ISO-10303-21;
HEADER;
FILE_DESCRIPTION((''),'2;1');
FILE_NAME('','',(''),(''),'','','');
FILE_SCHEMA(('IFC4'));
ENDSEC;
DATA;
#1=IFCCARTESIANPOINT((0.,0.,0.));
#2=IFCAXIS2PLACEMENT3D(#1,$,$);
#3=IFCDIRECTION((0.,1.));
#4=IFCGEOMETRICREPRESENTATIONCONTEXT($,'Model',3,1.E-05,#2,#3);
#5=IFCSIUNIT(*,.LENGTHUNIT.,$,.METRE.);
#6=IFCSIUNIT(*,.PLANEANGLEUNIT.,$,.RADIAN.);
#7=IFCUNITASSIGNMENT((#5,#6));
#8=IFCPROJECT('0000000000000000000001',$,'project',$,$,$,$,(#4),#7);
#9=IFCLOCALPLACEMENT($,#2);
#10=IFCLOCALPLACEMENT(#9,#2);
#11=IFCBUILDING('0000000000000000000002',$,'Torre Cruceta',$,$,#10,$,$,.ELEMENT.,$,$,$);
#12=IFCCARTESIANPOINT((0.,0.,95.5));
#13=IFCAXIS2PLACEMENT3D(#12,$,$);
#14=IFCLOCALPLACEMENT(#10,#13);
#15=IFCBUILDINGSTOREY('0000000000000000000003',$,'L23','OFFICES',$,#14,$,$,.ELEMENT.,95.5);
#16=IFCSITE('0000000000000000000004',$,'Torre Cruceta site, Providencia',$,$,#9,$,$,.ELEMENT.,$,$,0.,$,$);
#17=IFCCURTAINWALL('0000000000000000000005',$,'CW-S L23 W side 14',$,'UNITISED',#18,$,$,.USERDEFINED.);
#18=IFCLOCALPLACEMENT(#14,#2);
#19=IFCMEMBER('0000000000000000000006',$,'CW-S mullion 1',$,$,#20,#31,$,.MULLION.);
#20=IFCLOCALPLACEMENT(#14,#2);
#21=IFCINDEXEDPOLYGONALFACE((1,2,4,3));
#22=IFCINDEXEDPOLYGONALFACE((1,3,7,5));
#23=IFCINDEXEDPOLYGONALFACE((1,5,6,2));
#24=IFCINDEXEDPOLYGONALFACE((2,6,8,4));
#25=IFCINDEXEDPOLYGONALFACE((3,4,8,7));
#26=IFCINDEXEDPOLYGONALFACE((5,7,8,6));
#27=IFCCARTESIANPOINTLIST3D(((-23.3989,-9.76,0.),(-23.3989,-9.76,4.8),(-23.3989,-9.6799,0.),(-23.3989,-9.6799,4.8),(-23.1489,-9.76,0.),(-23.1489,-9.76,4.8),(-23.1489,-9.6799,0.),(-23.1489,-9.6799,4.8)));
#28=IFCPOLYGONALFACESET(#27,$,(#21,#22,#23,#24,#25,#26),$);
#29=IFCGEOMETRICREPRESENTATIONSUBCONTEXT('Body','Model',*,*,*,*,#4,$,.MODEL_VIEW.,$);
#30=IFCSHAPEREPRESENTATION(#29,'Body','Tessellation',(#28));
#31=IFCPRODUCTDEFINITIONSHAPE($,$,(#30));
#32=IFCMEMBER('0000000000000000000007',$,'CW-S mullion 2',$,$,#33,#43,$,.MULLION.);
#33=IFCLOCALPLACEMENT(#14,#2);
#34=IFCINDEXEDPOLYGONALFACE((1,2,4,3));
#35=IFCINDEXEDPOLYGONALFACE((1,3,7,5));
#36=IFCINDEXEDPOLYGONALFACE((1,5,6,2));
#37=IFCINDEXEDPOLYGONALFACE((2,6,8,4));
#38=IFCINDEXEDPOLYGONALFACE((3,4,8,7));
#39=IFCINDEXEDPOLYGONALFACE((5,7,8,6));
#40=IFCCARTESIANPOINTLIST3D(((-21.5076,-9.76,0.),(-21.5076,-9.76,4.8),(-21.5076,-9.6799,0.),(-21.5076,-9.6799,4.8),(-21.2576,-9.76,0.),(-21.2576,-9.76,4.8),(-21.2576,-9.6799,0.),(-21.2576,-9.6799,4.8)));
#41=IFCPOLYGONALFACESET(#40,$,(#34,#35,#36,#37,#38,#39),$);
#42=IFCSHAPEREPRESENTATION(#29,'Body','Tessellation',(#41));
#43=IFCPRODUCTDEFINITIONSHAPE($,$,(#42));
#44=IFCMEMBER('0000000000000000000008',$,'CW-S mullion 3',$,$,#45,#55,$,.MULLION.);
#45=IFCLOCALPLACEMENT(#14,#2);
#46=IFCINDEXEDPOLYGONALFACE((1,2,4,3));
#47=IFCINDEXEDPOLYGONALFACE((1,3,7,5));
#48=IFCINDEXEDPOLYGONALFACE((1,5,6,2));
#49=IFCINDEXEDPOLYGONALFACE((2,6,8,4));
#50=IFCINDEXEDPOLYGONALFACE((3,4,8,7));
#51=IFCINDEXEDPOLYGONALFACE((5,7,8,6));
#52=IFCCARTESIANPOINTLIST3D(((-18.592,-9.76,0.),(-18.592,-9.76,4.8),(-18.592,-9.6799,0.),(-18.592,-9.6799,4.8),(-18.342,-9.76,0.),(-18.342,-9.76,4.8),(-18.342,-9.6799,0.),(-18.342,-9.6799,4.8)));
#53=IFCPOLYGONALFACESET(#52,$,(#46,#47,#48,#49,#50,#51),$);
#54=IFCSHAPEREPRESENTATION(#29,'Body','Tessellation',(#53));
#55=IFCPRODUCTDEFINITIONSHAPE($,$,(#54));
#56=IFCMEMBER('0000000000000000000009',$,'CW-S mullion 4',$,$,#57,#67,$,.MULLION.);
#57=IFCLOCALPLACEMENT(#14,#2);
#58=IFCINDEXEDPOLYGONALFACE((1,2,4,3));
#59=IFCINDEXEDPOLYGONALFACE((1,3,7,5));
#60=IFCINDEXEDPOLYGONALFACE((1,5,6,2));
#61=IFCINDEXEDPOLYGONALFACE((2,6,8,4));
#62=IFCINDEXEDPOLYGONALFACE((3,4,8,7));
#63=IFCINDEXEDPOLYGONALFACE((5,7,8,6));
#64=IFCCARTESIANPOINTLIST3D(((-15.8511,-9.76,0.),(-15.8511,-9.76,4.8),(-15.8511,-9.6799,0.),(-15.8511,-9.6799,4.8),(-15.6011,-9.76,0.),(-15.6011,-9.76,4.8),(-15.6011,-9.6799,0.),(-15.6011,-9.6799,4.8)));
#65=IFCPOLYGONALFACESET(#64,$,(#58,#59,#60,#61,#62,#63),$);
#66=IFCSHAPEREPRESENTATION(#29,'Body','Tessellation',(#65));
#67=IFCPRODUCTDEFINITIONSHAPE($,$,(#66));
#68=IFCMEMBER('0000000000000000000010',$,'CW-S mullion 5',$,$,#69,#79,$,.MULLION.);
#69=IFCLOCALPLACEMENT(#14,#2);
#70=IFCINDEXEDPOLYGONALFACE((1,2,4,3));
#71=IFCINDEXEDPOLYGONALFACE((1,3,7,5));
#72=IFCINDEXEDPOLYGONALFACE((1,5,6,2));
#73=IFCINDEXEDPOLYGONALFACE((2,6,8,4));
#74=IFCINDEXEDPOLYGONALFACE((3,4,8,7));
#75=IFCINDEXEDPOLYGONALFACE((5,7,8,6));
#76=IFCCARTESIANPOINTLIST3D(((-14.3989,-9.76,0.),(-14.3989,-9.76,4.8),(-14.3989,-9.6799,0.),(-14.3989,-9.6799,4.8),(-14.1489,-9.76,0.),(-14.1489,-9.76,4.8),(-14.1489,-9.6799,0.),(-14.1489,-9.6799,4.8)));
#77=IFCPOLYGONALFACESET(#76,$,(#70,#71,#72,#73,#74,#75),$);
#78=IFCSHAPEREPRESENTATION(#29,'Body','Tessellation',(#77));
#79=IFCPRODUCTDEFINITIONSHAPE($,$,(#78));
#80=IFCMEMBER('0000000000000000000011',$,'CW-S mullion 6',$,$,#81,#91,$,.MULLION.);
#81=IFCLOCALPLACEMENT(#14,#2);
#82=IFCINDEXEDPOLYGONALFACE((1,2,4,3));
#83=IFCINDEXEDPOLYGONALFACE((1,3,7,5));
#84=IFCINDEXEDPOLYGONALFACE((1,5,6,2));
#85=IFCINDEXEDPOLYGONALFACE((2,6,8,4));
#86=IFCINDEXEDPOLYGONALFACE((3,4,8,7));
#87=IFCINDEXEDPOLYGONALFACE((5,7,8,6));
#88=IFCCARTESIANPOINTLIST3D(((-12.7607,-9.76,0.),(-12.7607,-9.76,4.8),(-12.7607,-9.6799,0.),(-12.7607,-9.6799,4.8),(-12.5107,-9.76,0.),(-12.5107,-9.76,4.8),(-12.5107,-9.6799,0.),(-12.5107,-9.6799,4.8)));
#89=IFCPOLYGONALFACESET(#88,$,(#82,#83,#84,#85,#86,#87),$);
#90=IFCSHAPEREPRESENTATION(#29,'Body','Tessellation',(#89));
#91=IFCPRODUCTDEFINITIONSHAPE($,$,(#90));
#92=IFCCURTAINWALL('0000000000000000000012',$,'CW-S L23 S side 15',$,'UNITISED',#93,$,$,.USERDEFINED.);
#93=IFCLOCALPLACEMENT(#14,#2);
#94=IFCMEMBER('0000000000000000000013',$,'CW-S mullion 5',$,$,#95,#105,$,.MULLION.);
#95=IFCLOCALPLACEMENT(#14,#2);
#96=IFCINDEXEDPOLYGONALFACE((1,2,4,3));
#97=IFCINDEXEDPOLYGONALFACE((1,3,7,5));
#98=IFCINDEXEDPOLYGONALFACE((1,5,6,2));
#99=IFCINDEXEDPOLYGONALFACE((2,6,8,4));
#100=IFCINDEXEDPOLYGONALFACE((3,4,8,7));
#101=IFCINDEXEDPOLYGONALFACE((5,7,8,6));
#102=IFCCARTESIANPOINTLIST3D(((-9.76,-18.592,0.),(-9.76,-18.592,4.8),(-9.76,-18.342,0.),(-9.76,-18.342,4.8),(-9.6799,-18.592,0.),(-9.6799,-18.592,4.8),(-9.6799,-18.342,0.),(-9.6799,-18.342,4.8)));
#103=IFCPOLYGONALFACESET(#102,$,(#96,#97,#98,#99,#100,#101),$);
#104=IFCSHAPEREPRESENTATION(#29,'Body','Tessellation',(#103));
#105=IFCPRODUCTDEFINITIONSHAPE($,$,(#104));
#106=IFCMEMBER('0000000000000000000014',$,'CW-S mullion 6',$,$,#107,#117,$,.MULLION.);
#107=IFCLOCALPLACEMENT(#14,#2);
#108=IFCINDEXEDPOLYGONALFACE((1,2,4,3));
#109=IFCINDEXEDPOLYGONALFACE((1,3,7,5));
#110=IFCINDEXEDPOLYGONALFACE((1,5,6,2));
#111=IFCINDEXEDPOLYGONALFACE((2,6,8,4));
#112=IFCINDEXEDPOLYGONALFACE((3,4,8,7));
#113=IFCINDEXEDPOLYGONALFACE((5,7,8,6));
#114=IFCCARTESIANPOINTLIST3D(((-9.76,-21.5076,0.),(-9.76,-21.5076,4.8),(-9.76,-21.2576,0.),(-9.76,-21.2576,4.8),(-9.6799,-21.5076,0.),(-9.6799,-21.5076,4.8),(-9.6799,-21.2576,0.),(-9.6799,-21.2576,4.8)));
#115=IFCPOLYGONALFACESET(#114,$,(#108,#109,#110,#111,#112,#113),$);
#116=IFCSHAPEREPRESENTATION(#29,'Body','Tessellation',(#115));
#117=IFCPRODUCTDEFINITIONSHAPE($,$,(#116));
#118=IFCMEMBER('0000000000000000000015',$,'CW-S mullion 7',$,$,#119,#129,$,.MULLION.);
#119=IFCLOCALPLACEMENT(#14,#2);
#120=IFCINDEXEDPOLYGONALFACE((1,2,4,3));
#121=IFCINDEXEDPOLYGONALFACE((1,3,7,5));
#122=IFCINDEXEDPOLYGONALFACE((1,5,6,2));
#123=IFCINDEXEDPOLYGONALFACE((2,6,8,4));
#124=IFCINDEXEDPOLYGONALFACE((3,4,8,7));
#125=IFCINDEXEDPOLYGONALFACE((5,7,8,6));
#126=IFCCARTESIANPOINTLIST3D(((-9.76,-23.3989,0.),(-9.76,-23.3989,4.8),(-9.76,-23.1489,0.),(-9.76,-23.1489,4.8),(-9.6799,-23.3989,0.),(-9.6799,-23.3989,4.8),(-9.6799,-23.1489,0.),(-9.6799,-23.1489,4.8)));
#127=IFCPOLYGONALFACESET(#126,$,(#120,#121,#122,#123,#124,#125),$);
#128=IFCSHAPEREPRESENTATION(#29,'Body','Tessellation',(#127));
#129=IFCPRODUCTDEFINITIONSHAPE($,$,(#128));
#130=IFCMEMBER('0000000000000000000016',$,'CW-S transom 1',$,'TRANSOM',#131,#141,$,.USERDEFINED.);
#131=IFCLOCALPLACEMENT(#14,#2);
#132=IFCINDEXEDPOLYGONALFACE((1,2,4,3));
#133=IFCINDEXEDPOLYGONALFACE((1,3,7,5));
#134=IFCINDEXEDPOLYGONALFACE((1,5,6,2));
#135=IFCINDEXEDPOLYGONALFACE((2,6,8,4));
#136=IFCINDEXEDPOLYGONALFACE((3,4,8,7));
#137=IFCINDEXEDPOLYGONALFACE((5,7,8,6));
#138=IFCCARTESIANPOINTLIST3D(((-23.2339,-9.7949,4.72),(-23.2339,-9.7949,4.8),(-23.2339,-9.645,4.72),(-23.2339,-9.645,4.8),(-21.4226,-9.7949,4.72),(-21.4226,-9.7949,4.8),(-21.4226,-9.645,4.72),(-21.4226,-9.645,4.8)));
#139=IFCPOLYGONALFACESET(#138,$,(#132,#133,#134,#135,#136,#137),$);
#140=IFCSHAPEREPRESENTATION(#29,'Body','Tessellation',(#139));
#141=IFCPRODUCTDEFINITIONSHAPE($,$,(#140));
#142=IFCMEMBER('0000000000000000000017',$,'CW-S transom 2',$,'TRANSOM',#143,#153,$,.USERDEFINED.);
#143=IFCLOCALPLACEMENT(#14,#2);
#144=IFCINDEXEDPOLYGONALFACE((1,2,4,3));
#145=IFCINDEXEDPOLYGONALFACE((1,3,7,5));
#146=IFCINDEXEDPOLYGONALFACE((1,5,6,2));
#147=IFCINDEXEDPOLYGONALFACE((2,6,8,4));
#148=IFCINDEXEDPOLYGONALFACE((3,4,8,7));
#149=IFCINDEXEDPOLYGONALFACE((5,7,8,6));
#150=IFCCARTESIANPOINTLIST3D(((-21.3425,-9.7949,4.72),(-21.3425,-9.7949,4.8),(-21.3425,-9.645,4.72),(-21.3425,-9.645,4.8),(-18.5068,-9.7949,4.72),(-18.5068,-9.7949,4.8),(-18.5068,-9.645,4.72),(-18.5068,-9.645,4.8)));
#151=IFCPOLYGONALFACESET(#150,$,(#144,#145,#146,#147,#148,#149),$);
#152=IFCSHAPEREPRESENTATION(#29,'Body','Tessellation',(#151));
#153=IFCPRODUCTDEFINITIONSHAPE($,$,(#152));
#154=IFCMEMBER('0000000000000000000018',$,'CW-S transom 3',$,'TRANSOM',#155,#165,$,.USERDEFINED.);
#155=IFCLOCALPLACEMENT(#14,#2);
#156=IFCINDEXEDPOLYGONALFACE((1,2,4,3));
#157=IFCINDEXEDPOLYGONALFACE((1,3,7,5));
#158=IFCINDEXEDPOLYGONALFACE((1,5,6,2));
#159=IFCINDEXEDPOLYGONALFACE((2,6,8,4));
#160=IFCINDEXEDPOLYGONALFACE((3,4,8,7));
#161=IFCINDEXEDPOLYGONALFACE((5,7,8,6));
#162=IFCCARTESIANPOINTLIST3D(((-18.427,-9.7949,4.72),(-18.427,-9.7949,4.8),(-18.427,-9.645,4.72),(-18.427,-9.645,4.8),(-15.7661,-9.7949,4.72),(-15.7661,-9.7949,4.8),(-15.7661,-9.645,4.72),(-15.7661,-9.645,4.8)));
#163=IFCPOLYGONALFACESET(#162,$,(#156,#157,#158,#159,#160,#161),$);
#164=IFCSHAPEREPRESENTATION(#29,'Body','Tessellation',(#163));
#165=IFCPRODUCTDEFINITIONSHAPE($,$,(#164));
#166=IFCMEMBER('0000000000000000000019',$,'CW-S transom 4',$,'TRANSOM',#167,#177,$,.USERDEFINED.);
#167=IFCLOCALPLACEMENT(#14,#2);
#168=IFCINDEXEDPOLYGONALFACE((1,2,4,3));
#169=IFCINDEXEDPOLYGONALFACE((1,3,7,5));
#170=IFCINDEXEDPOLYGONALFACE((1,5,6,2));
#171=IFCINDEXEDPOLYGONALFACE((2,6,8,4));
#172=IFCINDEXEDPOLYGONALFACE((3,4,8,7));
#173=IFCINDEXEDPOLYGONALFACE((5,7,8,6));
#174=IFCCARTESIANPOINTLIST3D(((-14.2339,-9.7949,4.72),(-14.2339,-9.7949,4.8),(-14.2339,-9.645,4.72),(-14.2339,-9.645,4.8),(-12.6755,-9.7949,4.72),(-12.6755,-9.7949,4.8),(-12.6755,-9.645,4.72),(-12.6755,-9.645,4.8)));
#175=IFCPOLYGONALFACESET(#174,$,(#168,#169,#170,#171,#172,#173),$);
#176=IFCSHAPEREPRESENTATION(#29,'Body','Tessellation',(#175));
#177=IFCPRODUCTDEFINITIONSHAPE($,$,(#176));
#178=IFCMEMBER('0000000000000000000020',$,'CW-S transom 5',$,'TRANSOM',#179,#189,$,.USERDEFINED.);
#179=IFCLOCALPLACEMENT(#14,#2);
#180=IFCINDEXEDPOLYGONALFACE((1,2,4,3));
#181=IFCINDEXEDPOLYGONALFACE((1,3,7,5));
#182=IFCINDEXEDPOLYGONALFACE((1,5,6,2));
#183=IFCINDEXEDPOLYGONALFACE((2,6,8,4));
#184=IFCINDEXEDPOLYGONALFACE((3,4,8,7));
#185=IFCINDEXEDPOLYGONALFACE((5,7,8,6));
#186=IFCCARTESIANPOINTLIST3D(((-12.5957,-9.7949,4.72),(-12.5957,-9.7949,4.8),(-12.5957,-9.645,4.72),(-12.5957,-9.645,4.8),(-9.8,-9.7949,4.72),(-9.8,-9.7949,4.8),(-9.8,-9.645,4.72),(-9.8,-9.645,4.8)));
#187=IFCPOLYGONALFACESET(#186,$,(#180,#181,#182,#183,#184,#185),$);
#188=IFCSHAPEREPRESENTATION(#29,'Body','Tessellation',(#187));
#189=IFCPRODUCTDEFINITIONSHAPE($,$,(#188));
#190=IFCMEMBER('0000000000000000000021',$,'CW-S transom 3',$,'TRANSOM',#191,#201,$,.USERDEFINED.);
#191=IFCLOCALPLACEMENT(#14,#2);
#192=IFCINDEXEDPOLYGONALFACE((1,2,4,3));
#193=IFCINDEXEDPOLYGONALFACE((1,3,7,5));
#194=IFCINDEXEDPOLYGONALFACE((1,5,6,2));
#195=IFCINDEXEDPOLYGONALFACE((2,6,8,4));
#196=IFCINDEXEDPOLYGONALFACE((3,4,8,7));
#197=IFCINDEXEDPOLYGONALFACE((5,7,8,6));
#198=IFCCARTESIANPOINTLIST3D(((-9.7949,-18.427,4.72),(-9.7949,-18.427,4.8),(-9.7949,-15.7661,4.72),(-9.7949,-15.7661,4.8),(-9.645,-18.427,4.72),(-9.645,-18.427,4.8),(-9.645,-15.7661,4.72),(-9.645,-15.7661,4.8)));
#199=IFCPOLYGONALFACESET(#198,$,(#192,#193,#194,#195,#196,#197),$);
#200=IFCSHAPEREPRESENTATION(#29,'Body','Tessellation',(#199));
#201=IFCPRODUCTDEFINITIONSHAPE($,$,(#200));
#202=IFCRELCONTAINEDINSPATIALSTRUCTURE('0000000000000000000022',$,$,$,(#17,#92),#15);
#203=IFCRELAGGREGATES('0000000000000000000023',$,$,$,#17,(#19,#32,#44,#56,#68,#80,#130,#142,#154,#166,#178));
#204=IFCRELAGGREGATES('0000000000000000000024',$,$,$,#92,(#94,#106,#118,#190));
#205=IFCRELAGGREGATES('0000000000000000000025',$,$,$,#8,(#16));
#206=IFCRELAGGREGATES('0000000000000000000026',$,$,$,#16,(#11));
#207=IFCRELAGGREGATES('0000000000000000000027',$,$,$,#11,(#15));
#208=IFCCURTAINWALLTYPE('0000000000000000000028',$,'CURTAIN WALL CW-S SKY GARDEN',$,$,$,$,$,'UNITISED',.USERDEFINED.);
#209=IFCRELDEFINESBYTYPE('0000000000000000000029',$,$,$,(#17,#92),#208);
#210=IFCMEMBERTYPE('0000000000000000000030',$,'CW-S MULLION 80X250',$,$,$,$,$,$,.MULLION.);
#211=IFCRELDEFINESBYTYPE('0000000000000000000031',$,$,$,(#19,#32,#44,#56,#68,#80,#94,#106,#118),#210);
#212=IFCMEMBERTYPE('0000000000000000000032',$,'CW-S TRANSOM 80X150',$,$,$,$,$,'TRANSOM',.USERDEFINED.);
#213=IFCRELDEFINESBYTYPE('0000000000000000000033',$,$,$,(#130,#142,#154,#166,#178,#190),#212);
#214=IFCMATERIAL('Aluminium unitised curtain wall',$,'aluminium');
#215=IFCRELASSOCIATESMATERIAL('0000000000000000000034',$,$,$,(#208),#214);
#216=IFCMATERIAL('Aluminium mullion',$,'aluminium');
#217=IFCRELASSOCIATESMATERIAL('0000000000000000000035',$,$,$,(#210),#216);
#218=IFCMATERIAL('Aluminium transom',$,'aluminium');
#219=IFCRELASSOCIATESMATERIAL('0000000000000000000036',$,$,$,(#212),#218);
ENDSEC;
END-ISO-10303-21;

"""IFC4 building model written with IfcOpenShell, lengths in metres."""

from ifc_helpers import new_model, si_unit, direction, frame, origin, origin_2d, place, context, subcontext, project, spatial, rectangle, extrude, material, material_profile, profile_set, type_object, element, aggregate, save


model = new_model("IFC4")

# Units and contexts
model_context = context("Model", 3, precision=1e-05, world=origin(), true_north=direction((0.0, 1.0)))
body_context = subcontext(model_context, "Body", "Model", "MODEL_VIEW")
ifc_project = project(units=[si_unit("LENGTHUNIT", "METRE"), si_unit("PLANEANGLEUNIT", "RADIAN")], contexts=[model_context])

# Site, building, storey
site_placement = place(None, origin())
site = spatial("IfcSite", under=ifc_project, at=site_placement, Name="Torre Cruceta site, Providencia", CompositionType="ELEMENT", RefElevation=0.0)
building_placement = place(site_placement, origin())
building = spatial("IfcBuilding", under=site, at=building_placement, Name="Torre Cruceta", CompositionType="ELEMENT")
storey_placement = place(building_placement, frame((0.0, 0.0, 95.5)))
storey = spatial("IfcBuildingStorey", under=building, at=storey_placement, Name="L23", Description="OFFICES", CompositionType="ELEMENT", Elevation=95.5)

# Curtain walls, members
ifc_material_1 = material(Name="Aluminium unitised curtain wall", Category="aluminium")
curtain_wall_type = type_object("IfcCurtainWallType", Name="CURTAIN WALL CW-S SKY GARDEN", ElementType="UNITISED", PredefinedType="USERDEFINED", material=ifc_material_1)
curtain_wall_1_placement = place(storey_placement, origin())
curtain_wall_1 = element("IfcCurtainWall", 1, at=curtain_wall_1_placement, inside=storey, type_object=curtain_wall_type, Name="CW-S L23 W side 14", ObjectType="UNITISED", PredefinedType="USERDEFINED")
ifc_material_2 = material(Name="Aluminium mullion", Category="aluminium")
ifc_material_profile_1 = material_profile(ifc_material_2, rectangle(XDim=0.0801, YDim=0.25, at=origin_2d()), Name="AL 80X250")
ifc_profile_set_1 = profile_set([ifc_material_profile_1], Name="Aluminium mullion")
member_type_1 = type_object("IfcMemberType", Name="CW-S MULLION 80X250", PredefinedType="MULLION", material=ifc_profile_set_1)
member_1_placement = place(storey_placement, frame((-23.2739, -9.72, 0.0), z_axis=(0.0, 0.0, 1.0), x_axis=(0.0, 1.0, 0.0)))
member_1 = element("IfcMember", 2, at=member_1_placement, type_object=member_type_1, Name="CW-S mullion 1", PredefinedType="MULLION", context=body_context, shape_type="SweptSolid", body=[
    extrude(rectangle(XDim=0.0801, YDim=0.25, at=origin_2d()), origin(), (0.0, 0.0, 1.0), 4.8),
])
member_2_placement = place(storey_placement, frame((-21.3826, -9.72, 0.0), z_axis=(0.0, 0.0, 1.0), x_axis=(0.0, 1.0, 0.0)))
member_2 = element("IfcMember", 3, at=member_2_placement, type_object=member_type_1, Name="CW-S mullion 2", PredefinedType="MULLION", context=body_context, shape_type="SweptSolid", body=[
    extrude(rectangle(XDim=0.0801, YDim=0.25, at=origin_2d()), origin(), (0.0, 0.0, 1.0), 4.8),
])
member_3_placement = place(storey_placement, frame((-18.467, -9.72, 0.0), z_axis=(0.0, 0.0, 1.0), x_axis=(0.0, 1.0, 0.0)))
member_3 = element("IfcMember", 4, at=member_3_placement, type_object=member_type_1, Name="CW-S mullion 3", PredefinedType="MULLION", context=body_context, shape_type="SweptSolid", body=[
    extrude(rectangle(XDim=0.0801, YDim=0.25, at=origin_2d()), origin(), (0.0, 0.0, 1.0), 4.8),
])
member_4_placement = place(storey_placement, frame((-15.7261, -9.72, 0.0), z_axis=(0.0, 0.0, 1.0), x_axis=(0.0, 1.0, 0.0)))
member_4 = element("IfcMember", 5, at=member_4_placement, type_object=member_type_1, Name="CW-S mullion 4", PredefinedType="MULLION", context=body_context, shape_type="SweptSolid", body=[
    extrude(rectangle(XDim=0.0801, YDim=0.25, at=origin_2d()), origin(), (0.0, 0.0, 1.0), 4.8),
])
member_5_placement = place(storey_placement, frame((-14.2739, -9.72, 0.0), z_axis=(0.0, 0.0, 1.0), x_axis=(0.0, 1.0, 0.0)))
member_5 = element("IfcMember", 6, at=member_5_placement, type_object=member_type_1, Name="CW-S mullion 5", PredefinedType="MULLION", context=body_context, shape_type="SweptSolid", body=[
    extrude(rectangle(XDim=0.0801, YDim=0.25, at=origin_2d()), origin(), (0.0, 0.0, 1.0), 4.8),
])
member_6_placement = place(storey_placement, frame((-12.6357, -9.72, 0.0), z_axis=(0.0, 0.0, 1.0), x_axis=(0.0, 1.0, 0.0)))
member_6 = element("IfcMember", 7, at=member_6_placement, type_object=member_type_1, Name="CW-S mullion 6", PredefinedType="MULLION", context=body_context, shape_type="SweptSolid", body=[
    extrude(rectangle(XDim=0.0801, YDim=0.25, at=origin_2d()), origin(), (0.0, 0.0, 1.0), 4.8),
])
curtain_wall_2_placement = place(storey_placement, origin())
curtain_wall_2 = element("IfcCurtainWall", 8, at=curtain_wall_2_placement, inside=storey, type_object=curtain_wall_type, Name="CW-S L23 S side 15", ObjectType="UNITISED", PredefinedType="USERDEFINED")
member_7_placement = place(storey_placement, frame((-9.72, -18.467, 0.0), z_axis=(0.0, 0.0, 1.0), x_axis=(1.0, 0.0, 0.0)))
member_7 = element("IfcMember", 9, at=member_7_placement, type_object=member_type_1, Name="CW-S mullion 5", PredefinedType="MULLION", context=body_context, shape_type="SweptSolid", body=[
    extrude(rectangle(XDim=0.0801, YDim=0.25, at=origin_2d()), origin(), (0.0, 0.0, 1.0), 4.8),
])
member_8_placement = place(storey_placement, frame((-9.72, -21.3826, 0.0), z_axis=(0.0, 0.0, 1.0), x_axis=(1.0, 0.0, 0.0)))
member_8 = element("IfcMember", 10, at=member_8_placement, type_object=member_type_1, Name="CW-S mullion 6", PredefinedType="MULLION", context=body_context, shape_type="SweptSolid", body=[
    extrude(rectangle(XDim=0.0801, YDim=0.25, at=origin_2d()), origin(), (0.0, 0.0, 1.0), 4.8),
])
member_9_placement = place(storey_placement, frame((-9.72, -23.2739, 0.0), z_axis=(0.0, 0.0, 1.0), x_axis=(1.0, 0.0, 0.0)))
member_9 = element("IfcMember", 11, at=member_9_placement, type_object=member_type_1, Name="CW-S mullion 7", PredefinedType="MULLION", context=body_context, shape_type="SweptSolid", body=[
    extrude(rectangle(XDim=0.0801, YDim=0.25, at=origin_2d()), origin(), (0.0, 0.0, 1.0), 4.8),
])

# Members
ifc_material_3 = material(Name="Aluminium transom", Category="aluminium")
ifc_material_profile_2 = material_profile(ifc_material_3, rectangle(XDim=0.1499, YDim=0.0801, at=origin_2d()), Name="AL 150X80")
ifc_profile_set_2 = profile_set([ifc_material_profile_2], Name="Aluminium transom")
member_type_2 = type_object("IfcMemberType", Name="CW-S TRANSOM 80X150", ElementType="TRANSOM", PredefinedType="USERDEFINED", material=ifc_profile_set_2)
member_10_placement = place(storey_placement, frame((-23.2339, -9.72, 4.76), z_axis=(1.0, 0.0, 0.0), x_axis=(0.0, 1.0, 0.0)))
member_10 = element("IfcMember", 12, at=member_10_placement, type_object=member_type_2, Name="CW-S transom 1", ObjectType="TRANSOM", PredefinedType="USERDEFINED", context=body_context, shape_type="SweptSolid", body=[
    extrude(rectangle(XDim=0.1499, YDim=0.0801, at=origin_2d()), origin(), (0.0, 0.0, 1.0), 1.8113),
])
member_11_placement = place(storey_placement, frame((-21.3425, -9.72, 4.76), z_axis=(1.0, 0.0, 0.0), x_axis=(0.0, 1.0, 0.0)))
member_11 = element("IfcMember", 13, at=member_11_placement, type_object=member_type_2, Name="CW-S transom 2", ObjectType="TRANSOM", PredefinedType="USERDEFINED", context=body_context, shape_type="SweptSolid", body=[
    extrude(rectangle(XDim=0.1499, YDim=0.0801, at=origin_2d()), origin(), (0.0, 0.0, 1.0), 2.8357),
])
member_12_placement = place(storey_placement, frame((-18.427, -9.72, 4.76), z_axis=(1.0, 0.0, 0.0), x_axis=(0.0, 1.0, 0.0)))
member_12 = element("IfcMember", 14, at=member_12_placement, type_object=member_type_2, Name="CW-S transom 3", ObjectType="TRANSOM", PredefinedType="USERDEFINED", context=body_context, shape_type="SweptSolid", body=[
    extrude(rectangle(XDim=0.1499, YDim=0.0801, at=origin_2d()), origin(), (0.0, 0.0, 1.0), 2.6609),
])
member_13_placement = place(storey_placement, frame((-14.2339, -9.72, 4.76), z_axis=(1.0, 0.0, 0.0), x_axis=(0.0, 1.0, 0.0)))
member_13 = element("IfcMember", 15, at=member_13_placement, type_object=member_type_2, Name="CW-S transom 4", ObjectType="TRANSOM", PredefinedType="USERDEFINED", context=body_context, shape_type="SweptSolid", body=[
    extrude(rectangle(XDim=0.1499, YDim=0.0801, at=origin_2d()), origin(), (0.0, 0.0, 1.0), 1.5583),
])
member_14_placement = place(storey_placement, frame((-12.5957, -9.72, 4.76), z_axis=(1.0, 0.0, 0.0), x_axis=(0.0, 1.0, 0.0)))
member_14 = element("IfcMember", 16, at=member_14_placement, type_object=member_type_2, Name="CW-S transom 5", ObjectType="TRANSOM", PredefinedType="USERDEFINED", context=body_context, shape_type="SweptSolid", body=[
    extrude(rectangle(XDim=0.1499, YDim=0.0801, at=origin_2d()), origin(), (0.0, 0.0, 1.0), 2.7957),
])
member_15_placement = place(storey_placement, frame((-9.72, -15.7661, 4.76), z_axis=(0.0, -1.0, 0.0), x_axis=(1.0, 0.0, 0.0)))
member_15 = element("IfcMember", 17, at=member_15_placement, type_object=member_type_2, Name="CW-S transom 3", ObjectType="TRANSOM", PredefinedType="USERDEFINED", context=body_context, shape_type="SweptSolid", body=[
    extrude(rectangle(XDim=0.1499, YDim=0.0801, at=origin_2d()), origin(), (0.0, 0.0, 1.0), 2.6609),
])

aggregate(curtain_wall_1, [member_1, member_2, member_3, member_4, member_5, member_6, member_10, member_11, member_12, member_13, member_14])
aggregate(curtain_wall_2, [member_7, member_8, member_9, member_15])

save(model, "model.ifc")
